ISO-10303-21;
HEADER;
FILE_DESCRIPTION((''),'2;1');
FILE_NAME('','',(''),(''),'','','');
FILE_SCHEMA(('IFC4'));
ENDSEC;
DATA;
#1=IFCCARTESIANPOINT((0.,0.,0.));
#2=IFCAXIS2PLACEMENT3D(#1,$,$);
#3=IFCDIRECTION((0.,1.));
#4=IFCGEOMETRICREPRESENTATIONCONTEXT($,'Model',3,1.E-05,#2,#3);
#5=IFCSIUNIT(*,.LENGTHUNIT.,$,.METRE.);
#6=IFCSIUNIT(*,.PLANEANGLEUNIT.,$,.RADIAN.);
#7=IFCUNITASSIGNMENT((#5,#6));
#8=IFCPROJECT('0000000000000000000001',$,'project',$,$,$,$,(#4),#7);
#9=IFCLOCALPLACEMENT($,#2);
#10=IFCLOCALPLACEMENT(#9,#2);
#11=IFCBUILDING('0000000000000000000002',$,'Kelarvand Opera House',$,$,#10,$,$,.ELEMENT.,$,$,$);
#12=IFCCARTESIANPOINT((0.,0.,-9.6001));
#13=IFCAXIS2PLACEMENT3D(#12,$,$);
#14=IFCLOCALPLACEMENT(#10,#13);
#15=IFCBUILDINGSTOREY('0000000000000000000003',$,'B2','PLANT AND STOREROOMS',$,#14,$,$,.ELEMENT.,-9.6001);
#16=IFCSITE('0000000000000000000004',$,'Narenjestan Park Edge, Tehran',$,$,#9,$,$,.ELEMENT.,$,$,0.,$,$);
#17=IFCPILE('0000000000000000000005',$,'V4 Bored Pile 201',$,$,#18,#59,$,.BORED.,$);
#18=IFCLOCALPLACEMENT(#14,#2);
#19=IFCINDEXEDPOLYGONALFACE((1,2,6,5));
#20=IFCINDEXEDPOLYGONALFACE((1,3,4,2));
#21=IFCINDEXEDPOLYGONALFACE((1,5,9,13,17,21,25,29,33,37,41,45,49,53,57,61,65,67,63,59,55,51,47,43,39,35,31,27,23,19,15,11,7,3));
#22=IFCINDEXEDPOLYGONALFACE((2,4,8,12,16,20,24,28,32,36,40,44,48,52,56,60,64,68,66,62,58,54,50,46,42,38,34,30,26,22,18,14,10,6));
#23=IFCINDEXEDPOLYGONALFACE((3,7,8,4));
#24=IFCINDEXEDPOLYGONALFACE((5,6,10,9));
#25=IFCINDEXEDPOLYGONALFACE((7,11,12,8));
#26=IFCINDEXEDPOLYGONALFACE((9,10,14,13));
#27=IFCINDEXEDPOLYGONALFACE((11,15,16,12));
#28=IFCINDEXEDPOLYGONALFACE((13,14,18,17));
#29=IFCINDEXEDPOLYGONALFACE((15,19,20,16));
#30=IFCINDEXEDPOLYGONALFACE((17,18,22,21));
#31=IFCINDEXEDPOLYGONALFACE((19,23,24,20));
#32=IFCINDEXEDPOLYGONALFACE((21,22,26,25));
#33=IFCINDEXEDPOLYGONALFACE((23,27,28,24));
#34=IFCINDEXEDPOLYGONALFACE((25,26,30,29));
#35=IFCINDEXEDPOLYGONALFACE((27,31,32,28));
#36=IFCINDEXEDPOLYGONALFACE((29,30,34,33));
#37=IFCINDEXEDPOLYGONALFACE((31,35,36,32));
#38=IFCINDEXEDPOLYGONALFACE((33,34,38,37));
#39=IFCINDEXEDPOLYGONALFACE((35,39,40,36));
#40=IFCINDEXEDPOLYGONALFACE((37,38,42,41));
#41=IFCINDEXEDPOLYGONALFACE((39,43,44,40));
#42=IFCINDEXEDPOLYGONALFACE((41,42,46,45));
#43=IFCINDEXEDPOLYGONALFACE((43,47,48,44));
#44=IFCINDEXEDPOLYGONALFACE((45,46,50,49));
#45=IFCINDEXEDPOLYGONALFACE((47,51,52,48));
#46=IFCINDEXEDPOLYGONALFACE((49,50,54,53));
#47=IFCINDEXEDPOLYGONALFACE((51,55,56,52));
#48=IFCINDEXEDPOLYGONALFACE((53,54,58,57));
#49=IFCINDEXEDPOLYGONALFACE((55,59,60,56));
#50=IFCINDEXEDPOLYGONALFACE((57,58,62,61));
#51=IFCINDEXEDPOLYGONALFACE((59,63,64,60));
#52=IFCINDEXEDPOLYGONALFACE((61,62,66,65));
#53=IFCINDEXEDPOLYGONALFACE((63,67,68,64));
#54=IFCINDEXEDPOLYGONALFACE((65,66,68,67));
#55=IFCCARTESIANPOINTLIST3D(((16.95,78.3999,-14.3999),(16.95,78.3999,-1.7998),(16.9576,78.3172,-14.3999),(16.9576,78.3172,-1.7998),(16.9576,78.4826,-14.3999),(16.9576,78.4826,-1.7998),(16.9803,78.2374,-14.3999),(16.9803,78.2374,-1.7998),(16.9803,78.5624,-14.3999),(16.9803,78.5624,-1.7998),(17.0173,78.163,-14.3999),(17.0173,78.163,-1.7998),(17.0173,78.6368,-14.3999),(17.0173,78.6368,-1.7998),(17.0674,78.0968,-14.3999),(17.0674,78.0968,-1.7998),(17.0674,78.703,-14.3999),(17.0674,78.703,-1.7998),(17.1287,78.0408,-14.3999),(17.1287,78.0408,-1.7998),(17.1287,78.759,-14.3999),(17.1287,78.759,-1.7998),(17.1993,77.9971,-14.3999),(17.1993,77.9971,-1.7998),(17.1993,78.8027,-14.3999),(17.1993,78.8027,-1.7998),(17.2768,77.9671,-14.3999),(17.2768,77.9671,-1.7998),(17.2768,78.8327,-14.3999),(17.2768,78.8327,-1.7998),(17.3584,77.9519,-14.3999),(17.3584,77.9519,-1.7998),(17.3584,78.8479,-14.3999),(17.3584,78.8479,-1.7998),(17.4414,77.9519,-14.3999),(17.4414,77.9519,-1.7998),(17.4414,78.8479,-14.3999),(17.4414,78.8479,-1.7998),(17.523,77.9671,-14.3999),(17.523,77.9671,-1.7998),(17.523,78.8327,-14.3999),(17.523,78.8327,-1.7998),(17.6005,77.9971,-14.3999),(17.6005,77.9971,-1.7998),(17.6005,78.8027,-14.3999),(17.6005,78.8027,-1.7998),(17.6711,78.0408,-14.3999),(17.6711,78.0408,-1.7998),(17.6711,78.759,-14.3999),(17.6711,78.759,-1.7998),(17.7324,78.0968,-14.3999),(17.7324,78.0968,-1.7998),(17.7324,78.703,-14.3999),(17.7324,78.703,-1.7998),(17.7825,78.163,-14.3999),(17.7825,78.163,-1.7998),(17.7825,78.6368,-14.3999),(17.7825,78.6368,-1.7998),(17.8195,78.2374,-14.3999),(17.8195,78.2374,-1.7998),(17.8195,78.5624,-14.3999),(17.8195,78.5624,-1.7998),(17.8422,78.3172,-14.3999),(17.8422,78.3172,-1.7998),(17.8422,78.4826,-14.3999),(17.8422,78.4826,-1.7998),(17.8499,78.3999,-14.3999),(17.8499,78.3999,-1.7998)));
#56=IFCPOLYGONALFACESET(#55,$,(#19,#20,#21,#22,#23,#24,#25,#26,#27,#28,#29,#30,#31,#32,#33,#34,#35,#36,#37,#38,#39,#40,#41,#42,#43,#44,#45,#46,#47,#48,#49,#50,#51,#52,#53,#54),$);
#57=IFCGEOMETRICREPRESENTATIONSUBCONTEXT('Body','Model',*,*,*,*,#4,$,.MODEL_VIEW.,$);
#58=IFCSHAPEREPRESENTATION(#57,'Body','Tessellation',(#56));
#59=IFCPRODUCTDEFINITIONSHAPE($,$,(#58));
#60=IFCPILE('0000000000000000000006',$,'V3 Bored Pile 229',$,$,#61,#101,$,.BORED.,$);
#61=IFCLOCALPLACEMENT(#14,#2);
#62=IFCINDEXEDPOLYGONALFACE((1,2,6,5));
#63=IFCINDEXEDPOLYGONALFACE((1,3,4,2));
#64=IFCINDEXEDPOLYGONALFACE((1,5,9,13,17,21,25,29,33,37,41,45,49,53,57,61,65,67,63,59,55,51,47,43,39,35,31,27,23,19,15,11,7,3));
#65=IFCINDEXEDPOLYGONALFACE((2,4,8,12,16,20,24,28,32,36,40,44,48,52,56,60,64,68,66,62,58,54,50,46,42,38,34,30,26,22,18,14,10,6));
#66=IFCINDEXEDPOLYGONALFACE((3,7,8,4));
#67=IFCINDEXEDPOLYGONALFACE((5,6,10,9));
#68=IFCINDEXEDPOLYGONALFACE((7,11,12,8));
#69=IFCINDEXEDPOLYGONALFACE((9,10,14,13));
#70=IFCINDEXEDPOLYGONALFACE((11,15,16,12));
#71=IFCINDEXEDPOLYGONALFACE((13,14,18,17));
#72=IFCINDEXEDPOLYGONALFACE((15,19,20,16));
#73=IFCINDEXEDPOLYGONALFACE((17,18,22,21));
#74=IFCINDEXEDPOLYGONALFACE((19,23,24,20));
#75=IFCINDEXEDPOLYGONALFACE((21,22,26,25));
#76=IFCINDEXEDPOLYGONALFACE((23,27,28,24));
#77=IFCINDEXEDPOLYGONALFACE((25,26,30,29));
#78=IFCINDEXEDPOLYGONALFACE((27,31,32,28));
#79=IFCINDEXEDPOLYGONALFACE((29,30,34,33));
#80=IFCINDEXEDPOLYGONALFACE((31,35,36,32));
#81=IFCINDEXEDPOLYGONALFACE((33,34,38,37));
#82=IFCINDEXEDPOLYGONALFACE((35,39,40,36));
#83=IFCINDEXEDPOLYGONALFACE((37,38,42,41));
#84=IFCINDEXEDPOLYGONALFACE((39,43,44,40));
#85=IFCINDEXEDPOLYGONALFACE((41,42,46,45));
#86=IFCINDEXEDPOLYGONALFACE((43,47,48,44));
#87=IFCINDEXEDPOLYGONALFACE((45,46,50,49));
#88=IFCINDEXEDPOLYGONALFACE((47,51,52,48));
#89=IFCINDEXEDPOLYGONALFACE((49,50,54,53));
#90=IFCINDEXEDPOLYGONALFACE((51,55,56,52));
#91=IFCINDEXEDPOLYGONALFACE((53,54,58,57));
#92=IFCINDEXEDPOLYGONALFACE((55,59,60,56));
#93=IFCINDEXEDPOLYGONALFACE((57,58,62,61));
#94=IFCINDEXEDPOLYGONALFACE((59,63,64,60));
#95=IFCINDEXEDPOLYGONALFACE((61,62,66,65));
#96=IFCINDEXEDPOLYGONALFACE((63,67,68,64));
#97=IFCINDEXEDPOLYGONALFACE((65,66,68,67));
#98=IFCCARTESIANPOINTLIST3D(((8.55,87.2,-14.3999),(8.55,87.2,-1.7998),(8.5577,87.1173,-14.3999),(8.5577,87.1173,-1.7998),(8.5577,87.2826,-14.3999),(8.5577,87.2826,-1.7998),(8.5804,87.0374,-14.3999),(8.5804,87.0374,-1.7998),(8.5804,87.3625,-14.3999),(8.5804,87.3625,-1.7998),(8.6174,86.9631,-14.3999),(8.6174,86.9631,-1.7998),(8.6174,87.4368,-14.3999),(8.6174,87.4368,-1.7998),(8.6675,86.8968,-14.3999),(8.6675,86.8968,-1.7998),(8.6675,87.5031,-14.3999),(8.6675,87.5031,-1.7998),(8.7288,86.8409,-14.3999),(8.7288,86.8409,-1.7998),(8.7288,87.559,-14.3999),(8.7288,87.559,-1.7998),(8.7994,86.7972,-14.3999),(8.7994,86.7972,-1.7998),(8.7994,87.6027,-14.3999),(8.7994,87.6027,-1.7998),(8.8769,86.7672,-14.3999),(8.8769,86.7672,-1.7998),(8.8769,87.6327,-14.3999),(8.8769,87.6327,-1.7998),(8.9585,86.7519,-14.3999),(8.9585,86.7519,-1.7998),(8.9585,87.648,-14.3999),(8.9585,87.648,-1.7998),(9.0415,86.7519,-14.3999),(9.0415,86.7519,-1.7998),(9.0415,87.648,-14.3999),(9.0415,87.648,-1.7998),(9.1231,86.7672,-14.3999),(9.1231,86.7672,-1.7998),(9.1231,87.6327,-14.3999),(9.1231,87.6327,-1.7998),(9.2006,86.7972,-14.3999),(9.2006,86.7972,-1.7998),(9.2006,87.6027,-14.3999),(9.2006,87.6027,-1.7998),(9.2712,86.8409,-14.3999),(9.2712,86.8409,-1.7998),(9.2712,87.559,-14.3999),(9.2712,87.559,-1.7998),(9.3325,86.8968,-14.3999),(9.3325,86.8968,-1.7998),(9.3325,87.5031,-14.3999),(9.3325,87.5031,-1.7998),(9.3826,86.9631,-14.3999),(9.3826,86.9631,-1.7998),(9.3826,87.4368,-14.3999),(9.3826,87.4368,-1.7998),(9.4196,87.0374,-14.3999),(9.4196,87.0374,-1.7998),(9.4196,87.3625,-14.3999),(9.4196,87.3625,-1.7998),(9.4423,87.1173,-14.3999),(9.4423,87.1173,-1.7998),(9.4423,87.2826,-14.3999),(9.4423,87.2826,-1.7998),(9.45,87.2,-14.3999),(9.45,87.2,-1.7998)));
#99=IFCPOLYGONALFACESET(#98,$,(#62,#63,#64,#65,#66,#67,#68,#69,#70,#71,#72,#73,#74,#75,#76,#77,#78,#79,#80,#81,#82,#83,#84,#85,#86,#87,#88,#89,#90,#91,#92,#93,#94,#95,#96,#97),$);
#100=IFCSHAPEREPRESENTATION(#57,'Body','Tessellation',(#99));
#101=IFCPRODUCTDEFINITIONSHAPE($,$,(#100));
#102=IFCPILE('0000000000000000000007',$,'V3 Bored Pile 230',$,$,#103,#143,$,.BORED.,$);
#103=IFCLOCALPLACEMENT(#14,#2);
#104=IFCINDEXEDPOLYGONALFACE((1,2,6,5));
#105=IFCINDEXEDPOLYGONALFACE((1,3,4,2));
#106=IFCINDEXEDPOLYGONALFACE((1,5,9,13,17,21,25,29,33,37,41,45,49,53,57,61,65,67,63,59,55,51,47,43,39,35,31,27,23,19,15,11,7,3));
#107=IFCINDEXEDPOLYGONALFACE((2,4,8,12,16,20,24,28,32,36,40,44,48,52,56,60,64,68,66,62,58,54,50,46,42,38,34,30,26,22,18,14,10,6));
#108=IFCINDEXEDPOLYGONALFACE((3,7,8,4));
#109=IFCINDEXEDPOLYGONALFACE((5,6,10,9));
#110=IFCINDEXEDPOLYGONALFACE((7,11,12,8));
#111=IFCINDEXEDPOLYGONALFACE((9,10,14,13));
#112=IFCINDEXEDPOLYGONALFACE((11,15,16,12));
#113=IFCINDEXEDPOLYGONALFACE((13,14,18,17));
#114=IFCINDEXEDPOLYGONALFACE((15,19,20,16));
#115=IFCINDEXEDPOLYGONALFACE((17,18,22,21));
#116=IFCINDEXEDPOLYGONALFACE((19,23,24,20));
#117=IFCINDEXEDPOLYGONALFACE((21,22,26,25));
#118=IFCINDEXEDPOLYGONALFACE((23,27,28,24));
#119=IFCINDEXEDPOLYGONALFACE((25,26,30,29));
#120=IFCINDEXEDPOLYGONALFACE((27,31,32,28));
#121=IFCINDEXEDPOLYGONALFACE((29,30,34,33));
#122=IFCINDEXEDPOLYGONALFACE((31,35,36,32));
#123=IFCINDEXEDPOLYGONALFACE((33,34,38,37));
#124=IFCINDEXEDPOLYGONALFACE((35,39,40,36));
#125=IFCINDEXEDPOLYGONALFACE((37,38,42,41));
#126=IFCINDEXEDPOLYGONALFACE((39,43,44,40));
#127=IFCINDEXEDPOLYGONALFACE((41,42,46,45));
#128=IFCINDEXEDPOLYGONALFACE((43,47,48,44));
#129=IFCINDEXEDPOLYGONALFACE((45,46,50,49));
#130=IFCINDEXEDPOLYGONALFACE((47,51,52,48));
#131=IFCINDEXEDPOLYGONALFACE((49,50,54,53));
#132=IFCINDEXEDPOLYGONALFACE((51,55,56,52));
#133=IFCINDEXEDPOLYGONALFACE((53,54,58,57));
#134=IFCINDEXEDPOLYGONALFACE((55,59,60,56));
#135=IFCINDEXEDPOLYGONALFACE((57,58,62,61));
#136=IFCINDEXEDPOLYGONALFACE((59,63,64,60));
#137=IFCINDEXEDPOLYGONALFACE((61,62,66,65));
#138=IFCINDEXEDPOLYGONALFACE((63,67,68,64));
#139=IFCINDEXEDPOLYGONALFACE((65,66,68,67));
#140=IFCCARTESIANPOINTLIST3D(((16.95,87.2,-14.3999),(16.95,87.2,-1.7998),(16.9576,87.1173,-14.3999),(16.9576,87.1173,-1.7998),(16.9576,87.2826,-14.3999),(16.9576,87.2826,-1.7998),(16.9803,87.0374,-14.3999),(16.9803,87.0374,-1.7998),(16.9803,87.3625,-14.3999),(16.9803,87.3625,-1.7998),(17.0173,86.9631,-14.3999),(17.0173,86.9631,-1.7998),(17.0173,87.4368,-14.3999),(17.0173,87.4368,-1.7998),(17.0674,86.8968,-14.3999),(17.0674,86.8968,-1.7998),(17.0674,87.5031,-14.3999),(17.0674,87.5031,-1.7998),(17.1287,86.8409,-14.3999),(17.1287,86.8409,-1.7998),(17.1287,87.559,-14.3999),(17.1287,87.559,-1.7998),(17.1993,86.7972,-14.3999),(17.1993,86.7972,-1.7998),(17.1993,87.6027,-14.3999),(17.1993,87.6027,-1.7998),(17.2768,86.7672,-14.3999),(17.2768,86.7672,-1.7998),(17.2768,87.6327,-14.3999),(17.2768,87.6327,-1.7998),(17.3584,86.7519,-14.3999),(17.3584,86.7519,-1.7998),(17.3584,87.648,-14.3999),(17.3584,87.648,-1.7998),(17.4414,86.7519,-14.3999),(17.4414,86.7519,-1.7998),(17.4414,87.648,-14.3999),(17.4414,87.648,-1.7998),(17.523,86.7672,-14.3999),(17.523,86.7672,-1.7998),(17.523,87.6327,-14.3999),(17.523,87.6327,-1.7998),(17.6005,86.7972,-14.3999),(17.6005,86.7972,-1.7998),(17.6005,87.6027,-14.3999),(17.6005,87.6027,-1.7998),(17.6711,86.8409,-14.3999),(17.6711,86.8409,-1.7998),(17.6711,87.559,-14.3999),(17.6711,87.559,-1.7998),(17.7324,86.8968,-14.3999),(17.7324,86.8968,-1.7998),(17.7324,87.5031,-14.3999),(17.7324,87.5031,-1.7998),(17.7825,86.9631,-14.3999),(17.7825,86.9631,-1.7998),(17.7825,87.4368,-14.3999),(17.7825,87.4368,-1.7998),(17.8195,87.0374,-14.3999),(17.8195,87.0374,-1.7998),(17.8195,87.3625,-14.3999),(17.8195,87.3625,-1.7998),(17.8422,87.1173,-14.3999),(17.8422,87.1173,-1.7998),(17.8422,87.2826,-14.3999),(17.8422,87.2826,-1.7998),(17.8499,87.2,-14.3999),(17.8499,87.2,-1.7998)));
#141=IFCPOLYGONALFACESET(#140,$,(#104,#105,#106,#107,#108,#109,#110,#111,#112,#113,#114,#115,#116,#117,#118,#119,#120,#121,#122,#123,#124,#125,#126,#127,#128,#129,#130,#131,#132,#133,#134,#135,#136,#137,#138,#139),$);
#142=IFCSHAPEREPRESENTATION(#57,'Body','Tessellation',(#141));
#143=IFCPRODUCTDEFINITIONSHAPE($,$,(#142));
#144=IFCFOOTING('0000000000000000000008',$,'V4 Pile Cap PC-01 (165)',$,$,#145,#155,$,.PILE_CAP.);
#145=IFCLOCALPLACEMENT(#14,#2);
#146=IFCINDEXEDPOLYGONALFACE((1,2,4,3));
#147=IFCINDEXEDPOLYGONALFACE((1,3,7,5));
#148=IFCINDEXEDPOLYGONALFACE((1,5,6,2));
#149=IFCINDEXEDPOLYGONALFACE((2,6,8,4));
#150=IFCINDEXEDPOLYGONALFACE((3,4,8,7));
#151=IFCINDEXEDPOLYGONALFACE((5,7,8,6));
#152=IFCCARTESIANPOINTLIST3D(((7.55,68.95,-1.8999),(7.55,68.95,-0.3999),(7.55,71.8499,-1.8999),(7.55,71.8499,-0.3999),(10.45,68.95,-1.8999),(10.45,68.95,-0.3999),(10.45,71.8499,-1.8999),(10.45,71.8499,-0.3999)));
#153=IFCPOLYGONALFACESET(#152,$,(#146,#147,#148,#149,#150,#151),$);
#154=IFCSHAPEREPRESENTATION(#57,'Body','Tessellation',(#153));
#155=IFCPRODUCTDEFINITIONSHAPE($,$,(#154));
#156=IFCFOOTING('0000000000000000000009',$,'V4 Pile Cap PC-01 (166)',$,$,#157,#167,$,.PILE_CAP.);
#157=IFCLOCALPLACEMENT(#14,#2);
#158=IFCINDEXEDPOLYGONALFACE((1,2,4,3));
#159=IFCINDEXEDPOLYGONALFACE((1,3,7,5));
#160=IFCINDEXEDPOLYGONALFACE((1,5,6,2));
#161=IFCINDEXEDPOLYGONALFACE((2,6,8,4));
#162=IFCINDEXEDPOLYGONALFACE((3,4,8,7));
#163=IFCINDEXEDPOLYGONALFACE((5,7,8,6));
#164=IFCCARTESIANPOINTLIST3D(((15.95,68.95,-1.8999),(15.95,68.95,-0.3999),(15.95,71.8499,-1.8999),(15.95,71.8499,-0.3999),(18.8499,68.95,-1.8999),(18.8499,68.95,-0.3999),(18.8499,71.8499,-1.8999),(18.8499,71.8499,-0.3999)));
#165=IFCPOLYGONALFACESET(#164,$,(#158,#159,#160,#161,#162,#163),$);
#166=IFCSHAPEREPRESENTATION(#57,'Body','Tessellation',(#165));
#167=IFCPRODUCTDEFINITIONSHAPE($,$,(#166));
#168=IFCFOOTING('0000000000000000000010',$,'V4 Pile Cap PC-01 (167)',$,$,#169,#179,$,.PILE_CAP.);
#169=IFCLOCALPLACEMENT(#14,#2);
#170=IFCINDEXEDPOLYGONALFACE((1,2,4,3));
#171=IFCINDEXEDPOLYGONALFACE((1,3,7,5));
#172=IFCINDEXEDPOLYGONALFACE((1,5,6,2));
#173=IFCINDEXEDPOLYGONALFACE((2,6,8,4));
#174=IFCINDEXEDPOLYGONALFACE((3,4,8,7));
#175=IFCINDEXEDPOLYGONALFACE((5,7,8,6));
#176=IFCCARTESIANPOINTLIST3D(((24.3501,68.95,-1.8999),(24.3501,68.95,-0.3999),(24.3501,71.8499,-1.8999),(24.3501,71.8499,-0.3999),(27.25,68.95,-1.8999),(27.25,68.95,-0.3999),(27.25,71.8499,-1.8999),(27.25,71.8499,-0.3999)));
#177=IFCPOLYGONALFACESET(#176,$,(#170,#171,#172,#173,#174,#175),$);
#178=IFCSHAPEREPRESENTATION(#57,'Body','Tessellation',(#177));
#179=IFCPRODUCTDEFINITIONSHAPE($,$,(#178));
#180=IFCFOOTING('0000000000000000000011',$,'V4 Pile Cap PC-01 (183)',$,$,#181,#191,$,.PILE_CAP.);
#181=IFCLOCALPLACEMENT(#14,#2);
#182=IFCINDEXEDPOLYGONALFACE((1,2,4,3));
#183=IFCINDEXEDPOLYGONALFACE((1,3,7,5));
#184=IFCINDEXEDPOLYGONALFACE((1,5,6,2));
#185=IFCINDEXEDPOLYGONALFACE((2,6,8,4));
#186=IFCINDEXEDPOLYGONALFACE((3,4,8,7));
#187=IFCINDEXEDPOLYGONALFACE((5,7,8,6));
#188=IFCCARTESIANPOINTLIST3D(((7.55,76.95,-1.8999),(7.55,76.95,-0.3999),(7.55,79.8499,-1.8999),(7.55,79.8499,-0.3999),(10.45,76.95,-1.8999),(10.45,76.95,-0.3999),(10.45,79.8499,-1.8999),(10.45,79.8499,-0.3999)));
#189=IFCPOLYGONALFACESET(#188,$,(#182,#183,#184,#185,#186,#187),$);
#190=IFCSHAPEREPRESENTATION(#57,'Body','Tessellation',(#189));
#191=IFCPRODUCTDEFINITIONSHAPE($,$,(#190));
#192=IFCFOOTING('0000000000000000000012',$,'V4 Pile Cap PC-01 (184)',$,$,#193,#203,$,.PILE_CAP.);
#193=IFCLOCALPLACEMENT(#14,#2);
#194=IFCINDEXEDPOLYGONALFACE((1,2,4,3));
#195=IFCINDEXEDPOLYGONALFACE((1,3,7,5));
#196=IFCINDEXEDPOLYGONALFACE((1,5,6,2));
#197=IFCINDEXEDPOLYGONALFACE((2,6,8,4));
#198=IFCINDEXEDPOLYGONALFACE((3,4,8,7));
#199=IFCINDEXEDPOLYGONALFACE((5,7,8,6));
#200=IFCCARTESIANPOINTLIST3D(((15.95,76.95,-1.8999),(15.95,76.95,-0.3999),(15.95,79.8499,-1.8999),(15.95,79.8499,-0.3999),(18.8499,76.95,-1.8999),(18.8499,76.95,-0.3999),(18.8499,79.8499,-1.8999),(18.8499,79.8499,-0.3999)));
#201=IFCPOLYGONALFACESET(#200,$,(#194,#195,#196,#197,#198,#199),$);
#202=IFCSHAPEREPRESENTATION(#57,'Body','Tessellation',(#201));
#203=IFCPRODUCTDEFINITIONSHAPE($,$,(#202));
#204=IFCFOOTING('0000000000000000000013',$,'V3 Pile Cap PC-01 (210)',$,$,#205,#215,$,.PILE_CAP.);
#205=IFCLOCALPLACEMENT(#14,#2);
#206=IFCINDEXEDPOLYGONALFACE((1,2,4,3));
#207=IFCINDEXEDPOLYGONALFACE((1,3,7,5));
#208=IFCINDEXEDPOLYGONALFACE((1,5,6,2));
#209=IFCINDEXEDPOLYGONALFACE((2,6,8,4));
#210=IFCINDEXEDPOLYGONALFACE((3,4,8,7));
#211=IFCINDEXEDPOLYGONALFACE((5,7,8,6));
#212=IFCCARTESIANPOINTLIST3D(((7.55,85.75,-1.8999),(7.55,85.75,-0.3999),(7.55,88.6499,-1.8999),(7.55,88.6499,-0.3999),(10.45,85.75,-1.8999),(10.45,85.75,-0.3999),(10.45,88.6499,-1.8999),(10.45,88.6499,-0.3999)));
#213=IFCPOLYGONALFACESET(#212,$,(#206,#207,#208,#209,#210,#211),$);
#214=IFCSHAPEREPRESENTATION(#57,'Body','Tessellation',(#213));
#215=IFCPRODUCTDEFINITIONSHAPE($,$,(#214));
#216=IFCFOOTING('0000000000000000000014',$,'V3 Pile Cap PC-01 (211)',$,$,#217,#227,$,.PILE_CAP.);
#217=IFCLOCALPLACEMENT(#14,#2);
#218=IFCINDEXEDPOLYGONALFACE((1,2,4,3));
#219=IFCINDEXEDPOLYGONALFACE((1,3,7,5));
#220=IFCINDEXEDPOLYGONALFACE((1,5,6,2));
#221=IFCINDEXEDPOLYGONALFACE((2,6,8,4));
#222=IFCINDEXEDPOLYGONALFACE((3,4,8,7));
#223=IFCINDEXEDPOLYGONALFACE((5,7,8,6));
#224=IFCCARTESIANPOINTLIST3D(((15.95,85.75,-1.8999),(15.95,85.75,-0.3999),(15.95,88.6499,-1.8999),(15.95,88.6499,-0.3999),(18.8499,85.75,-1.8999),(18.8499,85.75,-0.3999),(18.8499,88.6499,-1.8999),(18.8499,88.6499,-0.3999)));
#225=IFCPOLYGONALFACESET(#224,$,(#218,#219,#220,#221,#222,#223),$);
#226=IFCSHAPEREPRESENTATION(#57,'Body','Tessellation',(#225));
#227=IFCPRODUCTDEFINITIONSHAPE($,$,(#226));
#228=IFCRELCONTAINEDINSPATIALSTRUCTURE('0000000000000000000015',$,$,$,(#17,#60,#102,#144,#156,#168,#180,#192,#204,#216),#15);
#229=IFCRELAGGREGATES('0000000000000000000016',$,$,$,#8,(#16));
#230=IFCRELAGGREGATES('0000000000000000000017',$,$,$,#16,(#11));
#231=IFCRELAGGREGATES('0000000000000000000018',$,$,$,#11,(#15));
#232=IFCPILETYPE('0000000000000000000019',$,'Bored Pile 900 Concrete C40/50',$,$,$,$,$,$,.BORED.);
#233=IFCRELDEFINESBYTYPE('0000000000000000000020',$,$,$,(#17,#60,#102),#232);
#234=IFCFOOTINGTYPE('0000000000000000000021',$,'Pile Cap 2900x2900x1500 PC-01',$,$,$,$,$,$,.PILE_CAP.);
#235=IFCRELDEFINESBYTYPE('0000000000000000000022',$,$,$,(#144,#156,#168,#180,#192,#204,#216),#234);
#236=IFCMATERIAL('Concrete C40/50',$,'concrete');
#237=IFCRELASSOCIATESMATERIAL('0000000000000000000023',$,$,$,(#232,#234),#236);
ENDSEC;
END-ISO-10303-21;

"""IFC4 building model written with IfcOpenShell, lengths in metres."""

from ifc_helpers import new_model, si_unit, direction, frame, origin, origin_2d, place, context, subcontext, project, spatial, rectangle, circle, extrude, material, material_profile, profile_set, type_object, element, save


model = new_model("IFC4")

# Units and contexts
model_context = context("Model", 3, precision=1e-05, world=origin(), true_north=direction((0.0, 1.0)))
body_context = subcontext(model_context, "Body", "Model", "MODEL_VIEW")
ifc_project = project(units=[si_unit("LENGTHUNIT", "METRE"), si_unit("PLANEANGLEUNIT", "RADIAN")], contexts=[model_context])

# Site, building, storey
site_placement = place(None, origin())
site = spatial("IfcSite", under=ifc_project, at=site_placement, Name="Narenjestan Park Edge, Tehran", CompositionType="ELEMENT", RefElevation=0.0)
building_placement = place(site_placement, origin())
building = spatial("IfcBuilding", under=site, at=building_placement, Name="Kelarvand Opera House", CompositionType="ELEMENT")
storey_placement = place(building_placement, frame((0.0, 0.0, -9.6001)))
storey = spatial("IfcBuildingStorey", under=building, at=storey_placement, Name="B2", Description="PLANT AND STOREROOMS", CompositionType="ELEMENT", Elevation=-9.6001)

# Piles
ifc_material_1 = material(Name="Concrete C40/50", Category="concrete")
ifc_material_profile_1 = material_profile(ifc_material_1, circle(Radius=0.45, at=origin_2d()), Name="BP 900", Category="concrete")
ifc_profile_set_1 = profile_set([ifc_material_profile_1], Name="Concrete C40/50")
pile_type = type_object("IfcPileType", Name="Bored Pile 900 Concrete C40/50", PredefinedType="BORED", material=ifc_profile_set_1)
for number, where, z_axis, x_axis, name in (
    (1, (17.3999, 78.3999, -1.7998), (0.0, 0.0, -1.0), (1.0, 0.0, 0.0), "V4 Bored Pile 201"),
    (2, (9.0, 87.2, -1.7998), (0.0, 0.0, -1.0), (1.0, 0.0, 0.0), "V3 Bored Pile 229"),
    (3, (17.3999, 87.2, -1.7998), (0.0, 0.0, -1.0), (1.0, 0.0, 0.0), "V3 Bored Pile 230"),
):
    element("IfcPile", number, at=place(storey_placement, frame(where, z_axis=z_axis, x_axis=x_axis)), inside=storey, type_object=pile_type, Name=name, PredefinedType="BORED", context=body_context, shape_type="SweptSolid", body=[
        extrude(circle(Radius=0.45, at=origin_2d()), origin(), (0.0, 0.0, 1.0), 12.6001),
    ])

# Footings
footing_type = type_object("IfcFootingType", Name="Pile Cap 2900x2900x1500 PC-01", PredefinedType="PILE_CAP", material=ifc_material_1)
for number, where, z_axis, x_axis, name in (
    (4, (9.0, 70.3999, -1.8999), (0.0, 0.0, 1.0), (1.0, 0.0, 0.0), "V4 Pile Cap PC-01 (165)"),
    (5, (17.3999, 70.3999, -1.8999), (0.0, 0.0, 1.0), (1.0, 0.0, 0.0), "V4 Pile Cap PC-01 (166)"),
    (6, (25.8, 70.3999, -1.8999), (0.0, 0.0, 1.0), (1.0, 0.0, 0.0), "V4 Pile Cap PC-01 (167)"),
    (7, (9.0, 78.3999, -1.8999), (0.0, 0.0, 1.0), (1.0, 0.0, 0.0), "V4 Pile Cap PC-01 (183)"),
    (8, (17.3999, 78.3999, -1.8999), (0.0, 0.0, 1.0), (1.0, 0.0, 0.0), "V4 Pile Cap PC-01 (184)"),
    (9, (9.0, 87.2, -1.8999), (0.0, 0.0, 1.0), (1.0, 0.0, 0.0), "V3 Pile Cap PC-01 (210)"),
    (10, (17.3999, 87.2, -1.8999), (0.0, 0.0, 1.0), (1.0, 0.0, 0.0), "V3 Pile Cap PC-01 (211)"),
):
    element("IfcFooting", number, at=place(storey_placement, frame(where, z_axis=z_axis, x_axis=x_axis)), inside=storey, type_object=footing_type, Name=name, PredefinedType="PILE_CAP", context=body_context, shape_type="SweptSolid", body=[
        extrude(rectangle(XDim=2.8999, YDim=2.8999, at=origin_2d()), origin(), (0.0, 0.0, 1.0), 1.5),
    ])

save(model, "model.ifc")
